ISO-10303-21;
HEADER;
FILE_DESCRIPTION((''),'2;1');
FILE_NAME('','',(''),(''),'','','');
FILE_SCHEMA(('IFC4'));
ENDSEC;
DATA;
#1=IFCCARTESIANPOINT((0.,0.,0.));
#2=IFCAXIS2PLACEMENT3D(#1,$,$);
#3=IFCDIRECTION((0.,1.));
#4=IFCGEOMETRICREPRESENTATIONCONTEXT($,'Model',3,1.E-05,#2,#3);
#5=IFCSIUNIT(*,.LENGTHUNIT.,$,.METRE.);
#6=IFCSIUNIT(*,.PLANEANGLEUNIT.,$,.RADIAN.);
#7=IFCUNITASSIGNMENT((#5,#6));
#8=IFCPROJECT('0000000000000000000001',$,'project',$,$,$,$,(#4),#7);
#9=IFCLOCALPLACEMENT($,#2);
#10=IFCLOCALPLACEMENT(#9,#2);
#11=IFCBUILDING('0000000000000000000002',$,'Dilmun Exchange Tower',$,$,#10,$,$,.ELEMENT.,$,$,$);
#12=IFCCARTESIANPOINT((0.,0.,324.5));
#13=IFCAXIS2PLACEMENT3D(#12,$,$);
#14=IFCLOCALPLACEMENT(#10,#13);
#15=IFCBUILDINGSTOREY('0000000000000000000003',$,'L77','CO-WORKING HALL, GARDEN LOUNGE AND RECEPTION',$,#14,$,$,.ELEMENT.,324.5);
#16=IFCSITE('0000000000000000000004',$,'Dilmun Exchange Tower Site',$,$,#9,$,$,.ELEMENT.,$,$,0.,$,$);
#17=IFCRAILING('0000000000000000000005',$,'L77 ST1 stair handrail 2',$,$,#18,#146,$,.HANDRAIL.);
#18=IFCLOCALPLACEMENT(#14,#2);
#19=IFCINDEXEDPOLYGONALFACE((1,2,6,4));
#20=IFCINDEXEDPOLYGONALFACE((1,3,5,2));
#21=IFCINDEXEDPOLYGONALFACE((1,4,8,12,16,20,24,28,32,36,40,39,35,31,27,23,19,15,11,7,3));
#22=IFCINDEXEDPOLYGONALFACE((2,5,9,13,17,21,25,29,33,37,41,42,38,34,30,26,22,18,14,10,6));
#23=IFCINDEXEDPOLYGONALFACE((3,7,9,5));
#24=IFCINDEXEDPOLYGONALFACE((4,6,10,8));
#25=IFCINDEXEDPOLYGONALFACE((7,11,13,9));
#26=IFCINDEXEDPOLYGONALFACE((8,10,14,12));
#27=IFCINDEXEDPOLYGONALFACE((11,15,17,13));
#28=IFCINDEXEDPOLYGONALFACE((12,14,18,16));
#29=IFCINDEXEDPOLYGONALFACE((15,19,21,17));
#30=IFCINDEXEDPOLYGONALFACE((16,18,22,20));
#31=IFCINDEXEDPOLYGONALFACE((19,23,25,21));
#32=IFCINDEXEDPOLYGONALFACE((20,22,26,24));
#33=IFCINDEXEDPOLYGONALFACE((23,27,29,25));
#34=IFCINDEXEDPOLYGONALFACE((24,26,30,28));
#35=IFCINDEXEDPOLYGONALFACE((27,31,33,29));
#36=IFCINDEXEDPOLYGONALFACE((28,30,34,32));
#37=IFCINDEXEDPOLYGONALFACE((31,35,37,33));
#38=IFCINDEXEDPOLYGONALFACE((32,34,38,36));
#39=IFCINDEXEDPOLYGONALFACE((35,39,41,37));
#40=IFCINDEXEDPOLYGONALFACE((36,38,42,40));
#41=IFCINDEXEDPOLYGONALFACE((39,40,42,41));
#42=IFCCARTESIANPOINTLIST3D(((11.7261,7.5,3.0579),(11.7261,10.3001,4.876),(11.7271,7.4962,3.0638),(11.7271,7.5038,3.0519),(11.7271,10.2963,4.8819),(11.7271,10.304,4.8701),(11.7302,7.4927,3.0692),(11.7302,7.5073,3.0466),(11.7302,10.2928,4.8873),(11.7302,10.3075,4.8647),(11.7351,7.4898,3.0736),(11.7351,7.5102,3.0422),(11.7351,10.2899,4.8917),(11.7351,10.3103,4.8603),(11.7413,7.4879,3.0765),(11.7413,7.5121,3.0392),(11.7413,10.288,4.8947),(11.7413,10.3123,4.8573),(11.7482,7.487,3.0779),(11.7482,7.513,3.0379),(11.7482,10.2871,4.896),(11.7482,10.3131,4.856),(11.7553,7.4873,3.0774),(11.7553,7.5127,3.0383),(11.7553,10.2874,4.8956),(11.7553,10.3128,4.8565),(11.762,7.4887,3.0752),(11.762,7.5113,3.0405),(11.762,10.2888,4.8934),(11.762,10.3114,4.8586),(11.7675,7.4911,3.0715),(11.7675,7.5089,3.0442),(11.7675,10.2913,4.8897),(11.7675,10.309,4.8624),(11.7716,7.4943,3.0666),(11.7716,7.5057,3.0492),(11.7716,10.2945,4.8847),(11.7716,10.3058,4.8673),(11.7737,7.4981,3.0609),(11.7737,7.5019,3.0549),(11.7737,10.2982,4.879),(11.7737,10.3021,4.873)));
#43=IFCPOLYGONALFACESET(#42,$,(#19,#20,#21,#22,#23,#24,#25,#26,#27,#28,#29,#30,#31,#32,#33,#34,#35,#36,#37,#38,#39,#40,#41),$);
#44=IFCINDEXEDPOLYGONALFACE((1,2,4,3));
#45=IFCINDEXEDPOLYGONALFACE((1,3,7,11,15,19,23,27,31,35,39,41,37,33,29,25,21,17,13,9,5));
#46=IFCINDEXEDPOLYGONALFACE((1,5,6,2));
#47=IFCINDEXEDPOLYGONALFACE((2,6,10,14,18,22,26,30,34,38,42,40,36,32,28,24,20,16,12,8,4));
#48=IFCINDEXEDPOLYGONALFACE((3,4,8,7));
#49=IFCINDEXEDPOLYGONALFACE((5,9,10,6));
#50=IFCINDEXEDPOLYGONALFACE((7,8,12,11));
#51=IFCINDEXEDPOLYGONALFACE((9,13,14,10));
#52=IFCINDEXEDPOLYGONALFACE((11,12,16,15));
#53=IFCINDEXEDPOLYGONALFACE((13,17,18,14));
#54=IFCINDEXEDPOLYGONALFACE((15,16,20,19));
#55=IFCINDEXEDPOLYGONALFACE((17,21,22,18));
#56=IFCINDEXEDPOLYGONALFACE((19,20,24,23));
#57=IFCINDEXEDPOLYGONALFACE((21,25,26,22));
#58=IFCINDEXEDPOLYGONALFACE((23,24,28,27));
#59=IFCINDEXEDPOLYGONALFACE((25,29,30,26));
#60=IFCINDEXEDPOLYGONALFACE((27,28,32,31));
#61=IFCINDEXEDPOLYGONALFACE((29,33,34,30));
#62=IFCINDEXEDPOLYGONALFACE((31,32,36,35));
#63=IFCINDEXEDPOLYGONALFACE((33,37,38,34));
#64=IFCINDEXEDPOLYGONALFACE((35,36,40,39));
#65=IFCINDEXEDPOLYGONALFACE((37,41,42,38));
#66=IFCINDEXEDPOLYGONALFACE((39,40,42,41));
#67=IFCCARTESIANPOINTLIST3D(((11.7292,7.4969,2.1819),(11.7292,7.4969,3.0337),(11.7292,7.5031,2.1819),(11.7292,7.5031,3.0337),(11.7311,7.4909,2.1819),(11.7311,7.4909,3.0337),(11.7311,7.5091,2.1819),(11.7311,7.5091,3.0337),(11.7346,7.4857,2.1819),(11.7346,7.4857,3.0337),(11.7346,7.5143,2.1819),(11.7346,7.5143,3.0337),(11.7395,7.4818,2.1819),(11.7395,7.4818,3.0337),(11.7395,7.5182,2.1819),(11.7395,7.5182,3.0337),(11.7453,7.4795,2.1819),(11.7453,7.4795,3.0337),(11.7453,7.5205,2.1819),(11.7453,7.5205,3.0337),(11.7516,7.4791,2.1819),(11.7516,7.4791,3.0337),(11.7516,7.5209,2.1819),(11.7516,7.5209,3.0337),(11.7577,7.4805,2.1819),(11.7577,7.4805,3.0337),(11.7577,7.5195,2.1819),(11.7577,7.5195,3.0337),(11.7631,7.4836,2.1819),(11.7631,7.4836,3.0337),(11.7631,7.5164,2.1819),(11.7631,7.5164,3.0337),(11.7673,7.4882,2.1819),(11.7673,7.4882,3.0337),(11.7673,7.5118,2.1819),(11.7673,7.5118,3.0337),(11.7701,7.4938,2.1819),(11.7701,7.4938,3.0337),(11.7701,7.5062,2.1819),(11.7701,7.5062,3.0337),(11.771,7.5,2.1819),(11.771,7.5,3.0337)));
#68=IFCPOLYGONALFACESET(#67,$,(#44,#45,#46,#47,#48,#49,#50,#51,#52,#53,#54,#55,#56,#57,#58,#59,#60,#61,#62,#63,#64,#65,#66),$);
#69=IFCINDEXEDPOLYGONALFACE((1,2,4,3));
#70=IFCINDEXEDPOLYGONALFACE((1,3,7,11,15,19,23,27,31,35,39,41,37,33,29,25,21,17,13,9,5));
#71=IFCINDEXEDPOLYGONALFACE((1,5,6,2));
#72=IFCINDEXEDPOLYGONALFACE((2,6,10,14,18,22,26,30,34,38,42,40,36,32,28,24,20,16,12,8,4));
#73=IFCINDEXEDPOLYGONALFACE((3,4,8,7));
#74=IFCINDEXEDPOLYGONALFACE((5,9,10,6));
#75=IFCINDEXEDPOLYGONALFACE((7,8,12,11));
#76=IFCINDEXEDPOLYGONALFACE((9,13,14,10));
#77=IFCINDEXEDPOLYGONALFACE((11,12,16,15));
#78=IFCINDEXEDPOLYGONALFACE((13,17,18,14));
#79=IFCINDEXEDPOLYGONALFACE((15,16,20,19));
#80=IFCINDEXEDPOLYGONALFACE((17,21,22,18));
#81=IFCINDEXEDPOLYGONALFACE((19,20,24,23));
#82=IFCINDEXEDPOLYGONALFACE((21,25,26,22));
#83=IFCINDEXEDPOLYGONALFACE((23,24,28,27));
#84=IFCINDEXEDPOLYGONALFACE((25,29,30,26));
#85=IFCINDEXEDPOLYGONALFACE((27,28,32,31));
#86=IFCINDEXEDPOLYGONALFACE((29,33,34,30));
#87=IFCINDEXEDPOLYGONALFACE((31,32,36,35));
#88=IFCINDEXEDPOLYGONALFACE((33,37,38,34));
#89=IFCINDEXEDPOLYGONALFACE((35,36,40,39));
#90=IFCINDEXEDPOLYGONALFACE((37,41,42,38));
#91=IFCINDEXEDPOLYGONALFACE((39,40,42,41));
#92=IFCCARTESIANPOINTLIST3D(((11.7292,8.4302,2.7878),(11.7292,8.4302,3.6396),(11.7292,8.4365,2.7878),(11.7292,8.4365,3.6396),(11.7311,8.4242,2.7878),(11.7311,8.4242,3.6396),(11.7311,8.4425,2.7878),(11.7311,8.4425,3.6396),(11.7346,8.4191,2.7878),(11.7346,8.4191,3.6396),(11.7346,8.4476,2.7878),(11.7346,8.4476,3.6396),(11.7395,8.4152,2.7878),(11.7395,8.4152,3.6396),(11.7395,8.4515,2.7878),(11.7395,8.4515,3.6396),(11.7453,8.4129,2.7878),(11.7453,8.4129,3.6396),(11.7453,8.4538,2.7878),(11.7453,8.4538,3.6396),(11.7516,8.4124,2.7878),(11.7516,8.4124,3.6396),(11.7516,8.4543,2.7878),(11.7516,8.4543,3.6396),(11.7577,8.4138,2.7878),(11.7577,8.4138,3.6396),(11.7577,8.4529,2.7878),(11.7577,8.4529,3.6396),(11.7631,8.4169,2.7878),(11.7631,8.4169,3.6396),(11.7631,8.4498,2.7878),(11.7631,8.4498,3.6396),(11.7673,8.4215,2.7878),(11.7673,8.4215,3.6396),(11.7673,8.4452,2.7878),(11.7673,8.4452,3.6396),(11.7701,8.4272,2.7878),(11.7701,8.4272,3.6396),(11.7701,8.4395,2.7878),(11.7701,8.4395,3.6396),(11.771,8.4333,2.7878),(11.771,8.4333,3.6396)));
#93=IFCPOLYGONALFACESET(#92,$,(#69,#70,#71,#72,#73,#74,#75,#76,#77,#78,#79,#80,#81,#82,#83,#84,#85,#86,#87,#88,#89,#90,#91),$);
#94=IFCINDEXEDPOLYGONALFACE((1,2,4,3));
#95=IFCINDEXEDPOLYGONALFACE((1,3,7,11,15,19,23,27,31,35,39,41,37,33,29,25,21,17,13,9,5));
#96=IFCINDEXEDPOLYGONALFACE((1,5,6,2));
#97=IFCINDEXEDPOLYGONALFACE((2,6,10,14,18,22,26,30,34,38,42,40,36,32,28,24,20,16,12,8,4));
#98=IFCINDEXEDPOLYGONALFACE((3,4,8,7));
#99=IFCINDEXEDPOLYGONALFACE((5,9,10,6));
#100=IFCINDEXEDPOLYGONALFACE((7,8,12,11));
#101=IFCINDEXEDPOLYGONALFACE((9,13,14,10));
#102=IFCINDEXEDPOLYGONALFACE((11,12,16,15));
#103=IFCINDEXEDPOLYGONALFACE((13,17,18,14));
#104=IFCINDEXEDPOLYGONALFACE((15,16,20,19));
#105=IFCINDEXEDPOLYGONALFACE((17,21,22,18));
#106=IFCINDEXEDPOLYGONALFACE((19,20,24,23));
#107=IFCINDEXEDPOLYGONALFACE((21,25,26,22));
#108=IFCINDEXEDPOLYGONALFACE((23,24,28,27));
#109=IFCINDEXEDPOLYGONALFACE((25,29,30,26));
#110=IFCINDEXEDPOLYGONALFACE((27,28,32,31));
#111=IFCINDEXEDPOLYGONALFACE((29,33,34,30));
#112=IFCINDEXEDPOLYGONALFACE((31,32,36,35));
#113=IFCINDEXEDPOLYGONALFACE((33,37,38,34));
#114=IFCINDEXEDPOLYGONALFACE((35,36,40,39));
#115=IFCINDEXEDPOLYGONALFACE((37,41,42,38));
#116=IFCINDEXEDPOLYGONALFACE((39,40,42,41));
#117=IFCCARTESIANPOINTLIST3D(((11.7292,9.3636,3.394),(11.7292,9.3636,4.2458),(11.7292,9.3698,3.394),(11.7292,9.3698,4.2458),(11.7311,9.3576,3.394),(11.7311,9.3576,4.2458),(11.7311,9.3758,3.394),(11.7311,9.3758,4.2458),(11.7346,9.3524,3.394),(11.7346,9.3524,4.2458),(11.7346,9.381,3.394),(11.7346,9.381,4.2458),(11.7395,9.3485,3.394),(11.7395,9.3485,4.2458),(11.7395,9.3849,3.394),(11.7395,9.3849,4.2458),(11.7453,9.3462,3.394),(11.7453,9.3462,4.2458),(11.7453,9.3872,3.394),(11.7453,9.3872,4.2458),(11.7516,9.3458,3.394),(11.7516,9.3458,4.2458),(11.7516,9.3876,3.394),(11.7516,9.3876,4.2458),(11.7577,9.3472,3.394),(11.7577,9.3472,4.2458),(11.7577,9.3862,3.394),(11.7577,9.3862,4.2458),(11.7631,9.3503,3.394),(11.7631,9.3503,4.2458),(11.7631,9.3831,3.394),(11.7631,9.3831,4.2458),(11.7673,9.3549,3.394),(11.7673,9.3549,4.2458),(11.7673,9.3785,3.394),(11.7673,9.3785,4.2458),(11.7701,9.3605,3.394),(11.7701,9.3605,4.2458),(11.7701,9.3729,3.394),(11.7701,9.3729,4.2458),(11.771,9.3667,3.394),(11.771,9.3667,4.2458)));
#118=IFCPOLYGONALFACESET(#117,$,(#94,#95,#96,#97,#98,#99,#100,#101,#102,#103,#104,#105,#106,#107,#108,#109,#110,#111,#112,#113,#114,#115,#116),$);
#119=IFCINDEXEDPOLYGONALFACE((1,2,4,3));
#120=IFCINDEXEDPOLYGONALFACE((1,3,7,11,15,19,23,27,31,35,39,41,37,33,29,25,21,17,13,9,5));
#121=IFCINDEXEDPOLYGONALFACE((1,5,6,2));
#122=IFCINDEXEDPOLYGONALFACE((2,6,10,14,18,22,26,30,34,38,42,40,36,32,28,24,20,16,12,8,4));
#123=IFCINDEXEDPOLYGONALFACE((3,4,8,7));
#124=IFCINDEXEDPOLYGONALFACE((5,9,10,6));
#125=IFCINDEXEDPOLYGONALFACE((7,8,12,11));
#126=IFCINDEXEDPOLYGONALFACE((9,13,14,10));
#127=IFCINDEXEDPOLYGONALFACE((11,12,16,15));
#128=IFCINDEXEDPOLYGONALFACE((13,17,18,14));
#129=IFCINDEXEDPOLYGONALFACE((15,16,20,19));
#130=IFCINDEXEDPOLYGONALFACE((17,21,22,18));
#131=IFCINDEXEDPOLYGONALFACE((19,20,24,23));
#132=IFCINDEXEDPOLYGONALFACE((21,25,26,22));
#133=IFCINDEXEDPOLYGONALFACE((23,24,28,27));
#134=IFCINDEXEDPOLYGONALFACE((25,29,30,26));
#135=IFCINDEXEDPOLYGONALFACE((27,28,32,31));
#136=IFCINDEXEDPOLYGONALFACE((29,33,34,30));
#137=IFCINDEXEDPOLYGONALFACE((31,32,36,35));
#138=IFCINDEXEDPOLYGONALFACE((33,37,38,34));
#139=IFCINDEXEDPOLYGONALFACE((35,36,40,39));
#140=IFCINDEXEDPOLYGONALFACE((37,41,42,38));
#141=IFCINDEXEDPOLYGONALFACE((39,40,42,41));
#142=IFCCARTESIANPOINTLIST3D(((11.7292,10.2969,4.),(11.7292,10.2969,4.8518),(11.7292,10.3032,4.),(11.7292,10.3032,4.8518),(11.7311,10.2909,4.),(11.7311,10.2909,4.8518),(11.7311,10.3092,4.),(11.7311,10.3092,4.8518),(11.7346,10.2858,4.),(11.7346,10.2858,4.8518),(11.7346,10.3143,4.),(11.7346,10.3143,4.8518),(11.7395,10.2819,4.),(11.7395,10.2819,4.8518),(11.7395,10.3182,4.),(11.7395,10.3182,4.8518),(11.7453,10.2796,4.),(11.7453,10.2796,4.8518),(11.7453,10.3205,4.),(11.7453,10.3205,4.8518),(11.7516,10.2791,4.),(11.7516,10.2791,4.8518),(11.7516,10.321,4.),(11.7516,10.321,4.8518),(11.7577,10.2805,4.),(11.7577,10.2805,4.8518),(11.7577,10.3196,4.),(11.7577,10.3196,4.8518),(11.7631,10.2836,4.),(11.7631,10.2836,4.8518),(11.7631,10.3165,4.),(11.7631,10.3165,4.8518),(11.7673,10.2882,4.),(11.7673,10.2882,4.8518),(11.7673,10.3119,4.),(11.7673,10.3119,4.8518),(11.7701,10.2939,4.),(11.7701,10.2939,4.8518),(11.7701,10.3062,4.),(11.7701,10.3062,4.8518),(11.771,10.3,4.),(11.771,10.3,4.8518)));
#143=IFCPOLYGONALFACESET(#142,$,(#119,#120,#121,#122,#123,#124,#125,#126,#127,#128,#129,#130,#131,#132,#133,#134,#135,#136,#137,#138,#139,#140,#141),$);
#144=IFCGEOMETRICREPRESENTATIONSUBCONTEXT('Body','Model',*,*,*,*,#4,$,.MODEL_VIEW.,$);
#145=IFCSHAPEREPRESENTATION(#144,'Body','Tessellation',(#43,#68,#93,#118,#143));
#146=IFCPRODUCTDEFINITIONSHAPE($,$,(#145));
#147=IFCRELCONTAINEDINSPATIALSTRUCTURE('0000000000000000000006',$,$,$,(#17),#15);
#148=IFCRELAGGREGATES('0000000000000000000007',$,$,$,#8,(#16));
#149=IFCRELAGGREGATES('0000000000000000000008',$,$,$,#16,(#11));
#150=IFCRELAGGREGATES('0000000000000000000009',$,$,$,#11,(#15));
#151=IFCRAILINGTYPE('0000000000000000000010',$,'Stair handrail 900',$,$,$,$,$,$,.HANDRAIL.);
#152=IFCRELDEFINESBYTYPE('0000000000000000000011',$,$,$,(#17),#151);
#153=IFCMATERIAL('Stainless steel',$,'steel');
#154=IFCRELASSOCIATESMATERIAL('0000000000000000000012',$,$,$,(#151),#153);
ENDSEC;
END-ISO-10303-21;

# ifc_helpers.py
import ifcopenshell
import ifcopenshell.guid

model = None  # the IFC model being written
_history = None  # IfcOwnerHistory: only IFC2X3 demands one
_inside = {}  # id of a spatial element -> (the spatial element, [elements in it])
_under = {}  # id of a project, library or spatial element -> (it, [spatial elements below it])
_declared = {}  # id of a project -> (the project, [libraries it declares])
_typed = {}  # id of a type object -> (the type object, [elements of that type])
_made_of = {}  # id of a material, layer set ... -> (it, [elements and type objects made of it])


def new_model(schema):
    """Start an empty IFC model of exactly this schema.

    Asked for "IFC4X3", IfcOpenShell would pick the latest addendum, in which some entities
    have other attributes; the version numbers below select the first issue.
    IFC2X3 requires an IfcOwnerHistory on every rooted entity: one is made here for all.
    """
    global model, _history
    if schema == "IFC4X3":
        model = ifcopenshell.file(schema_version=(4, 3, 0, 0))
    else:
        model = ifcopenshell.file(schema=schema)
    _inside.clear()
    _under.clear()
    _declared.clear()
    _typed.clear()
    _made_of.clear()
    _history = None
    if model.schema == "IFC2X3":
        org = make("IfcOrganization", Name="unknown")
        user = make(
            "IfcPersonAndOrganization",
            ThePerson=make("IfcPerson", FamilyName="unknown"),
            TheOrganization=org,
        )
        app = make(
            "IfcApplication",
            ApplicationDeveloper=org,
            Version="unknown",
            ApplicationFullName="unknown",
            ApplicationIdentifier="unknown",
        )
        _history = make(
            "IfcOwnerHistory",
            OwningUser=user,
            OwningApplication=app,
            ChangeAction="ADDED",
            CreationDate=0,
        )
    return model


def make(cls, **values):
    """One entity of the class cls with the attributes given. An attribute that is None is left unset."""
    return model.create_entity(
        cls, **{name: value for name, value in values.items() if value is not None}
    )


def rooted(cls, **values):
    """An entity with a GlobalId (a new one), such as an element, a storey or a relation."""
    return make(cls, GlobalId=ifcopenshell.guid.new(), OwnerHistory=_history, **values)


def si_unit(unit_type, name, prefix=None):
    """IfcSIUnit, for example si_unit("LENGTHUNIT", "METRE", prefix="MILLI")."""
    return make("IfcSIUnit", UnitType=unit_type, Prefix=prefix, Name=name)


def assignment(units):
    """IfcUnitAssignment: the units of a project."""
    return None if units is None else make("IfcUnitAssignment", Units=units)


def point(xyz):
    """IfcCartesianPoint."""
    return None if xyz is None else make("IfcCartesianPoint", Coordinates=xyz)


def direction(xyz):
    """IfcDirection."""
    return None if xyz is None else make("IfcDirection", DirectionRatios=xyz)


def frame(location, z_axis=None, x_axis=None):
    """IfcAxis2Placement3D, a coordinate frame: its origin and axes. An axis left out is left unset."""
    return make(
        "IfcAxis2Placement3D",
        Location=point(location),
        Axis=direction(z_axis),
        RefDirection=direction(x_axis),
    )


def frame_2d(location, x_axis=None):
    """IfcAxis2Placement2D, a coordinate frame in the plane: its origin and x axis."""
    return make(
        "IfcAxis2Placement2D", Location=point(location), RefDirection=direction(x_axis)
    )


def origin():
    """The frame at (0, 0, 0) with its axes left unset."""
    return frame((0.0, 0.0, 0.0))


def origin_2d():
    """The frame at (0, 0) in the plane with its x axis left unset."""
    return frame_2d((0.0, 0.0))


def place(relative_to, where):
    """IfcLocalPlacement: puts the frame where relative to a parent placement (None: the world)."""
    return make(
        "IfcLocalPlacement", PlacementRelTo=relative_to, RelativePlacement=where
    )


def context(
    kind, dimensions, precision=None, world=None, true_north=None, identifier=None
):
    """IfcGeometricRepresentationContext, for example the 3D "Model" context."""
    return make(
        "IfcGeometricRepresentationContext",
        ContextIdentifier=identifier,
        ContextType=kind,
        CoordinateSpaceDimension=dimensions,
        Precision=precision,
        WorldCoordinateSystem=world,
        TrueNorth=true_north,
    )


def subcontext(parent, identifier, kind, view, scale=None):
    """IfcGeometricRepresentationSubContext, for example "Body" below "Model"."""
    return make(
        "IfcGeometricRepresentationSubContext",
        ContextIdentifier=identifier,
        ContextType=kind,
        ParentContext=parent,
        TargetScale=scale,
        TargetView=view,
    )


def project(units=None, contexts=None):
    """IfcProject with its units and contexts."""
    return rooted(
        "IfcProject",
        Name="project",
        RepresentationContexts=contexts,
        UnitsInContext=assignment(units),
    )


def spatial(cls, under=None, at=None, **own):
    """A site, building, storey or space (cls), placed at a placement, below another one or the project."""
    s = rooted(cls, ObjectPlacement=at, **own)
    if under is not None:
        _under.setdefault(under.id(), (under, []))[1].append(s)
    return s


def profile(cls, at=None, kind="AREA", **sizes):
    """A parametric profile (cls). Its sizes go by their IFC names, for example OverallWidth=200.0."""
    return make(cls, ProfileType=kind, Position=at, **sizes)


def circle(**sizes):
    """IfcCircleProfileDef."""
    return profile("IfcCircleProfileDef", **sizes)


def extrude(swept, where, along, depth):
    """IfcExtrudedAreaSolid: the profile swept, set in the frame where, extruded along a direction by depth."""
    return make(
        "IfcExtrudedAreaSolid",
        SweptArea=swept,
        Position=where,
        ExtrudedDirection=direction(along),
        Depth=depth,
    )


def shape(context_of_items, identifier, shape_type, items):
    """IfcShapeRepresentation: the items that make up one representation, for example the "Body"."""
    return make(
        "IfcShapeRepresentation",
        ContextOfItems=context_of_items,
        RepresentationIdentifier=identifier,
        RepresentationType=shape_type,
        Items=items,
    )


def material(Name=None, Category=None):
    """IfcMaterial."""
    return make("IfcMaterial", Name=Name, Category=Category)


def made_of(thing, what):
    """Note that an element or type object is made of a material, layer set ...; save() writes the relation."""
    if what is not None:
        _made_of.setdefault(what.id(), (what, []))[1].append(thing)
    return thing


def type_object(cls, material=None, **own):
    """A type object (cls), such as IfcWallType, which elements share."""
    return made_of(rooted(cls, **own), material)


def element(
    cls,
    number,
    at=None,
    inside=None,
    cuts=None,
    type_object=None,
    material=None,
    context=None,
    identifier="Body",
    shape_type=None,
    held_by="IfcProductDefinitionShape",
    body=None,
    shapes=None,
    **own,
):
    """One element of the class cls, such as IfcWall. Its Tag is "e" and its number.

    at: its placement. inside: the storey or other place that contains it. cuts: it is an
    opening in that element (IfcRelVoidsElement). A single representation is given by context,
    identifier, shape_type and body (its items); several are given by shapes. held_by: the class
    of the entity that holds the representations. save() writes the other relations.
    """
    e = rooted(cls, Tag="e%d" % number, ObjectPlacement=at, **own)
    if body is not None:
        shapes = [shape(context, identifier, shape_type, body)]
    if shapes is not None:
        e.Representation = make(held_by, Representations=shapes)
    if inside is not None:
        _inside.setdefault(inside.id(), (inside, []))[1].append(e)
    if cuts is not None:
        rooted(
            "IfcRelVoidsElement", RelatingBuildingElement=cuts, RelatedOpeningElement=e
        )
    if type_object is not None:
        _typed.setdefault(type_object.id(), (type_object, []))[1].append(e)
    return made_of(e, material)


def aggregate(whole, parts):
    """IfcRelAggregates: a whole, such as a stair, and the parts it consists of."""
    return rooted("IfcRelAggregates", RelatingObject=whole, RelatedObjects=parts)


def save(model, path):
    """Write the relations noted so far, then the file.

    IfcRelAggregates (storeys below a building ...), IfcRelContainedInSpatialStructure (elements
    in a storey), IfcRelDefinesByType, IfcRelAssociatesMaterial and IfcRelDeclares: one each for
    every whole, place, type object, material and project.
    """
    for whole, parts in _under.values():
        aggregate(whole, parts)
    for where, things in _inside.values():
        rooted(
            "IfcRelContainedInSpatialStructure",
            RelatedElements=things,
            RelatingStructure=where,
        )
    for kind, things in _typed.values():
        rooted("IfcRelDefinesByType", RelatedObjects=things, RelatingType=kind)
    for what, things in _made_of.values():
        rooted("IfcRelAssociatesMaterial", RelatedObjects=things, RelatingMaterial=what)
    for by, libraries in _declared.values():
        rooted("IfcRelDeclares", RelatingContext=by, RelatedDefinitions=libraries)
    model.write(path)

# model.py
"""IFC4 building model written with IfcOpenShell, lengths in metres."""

from ifc_helpers import new_model, si_unit, direction, frame, origin, origin_2d, place, context, subcontext, project, spatial, circle, extrude, material, type_object, element, save


model = new_model("IFC4")

# Units and contexts
model_context = context("Model", 3, precision=1e-05, world=origin(), true_north=direction((0.0, 1.0)))
body_context = subcontext(model_context, "Body", "Model", "MODEL_VIEW")
ifc_project = project(units=[si_unit("LENGTHUNIT", "METRE"), si_unit("PLANEANGLEUNIT", "RADIAN")], contexts=[model_context])

# Site, building, storey
site_placement = place(None, origin())
site = spatial("IfcSite", under=ifc_project, at=site_placement, Name="Dilmun Exchange Tower Site", CompositionType="ELEMENT", RefElevation=0.0)
building_placement = place(site_placement, origin())
building = spatial("IfcBuilding", under=site, at=building_placement, Name="Dilmun Exchange Tower", CompositionType="ELEMENT")
storey_placement = place(building_placement, frame((0.0, 0.0, 324.5)))
storey = spatial("IfcBuildingStorey", under=building, at=storey_placement, Name="L77", Description="CO-WORKING HALL, GARDEN LOUNGE AND RECEPTION", CompositionType="ELEMENT", Elevation=324.5)

# Railing
ifc_material_1 = material(Name="Stainless steel", Category="steel")
railing_type = type_object("IfcRailingType", Name="Stair handrail 900", PredefinedType="HANDRAIL", material=ifc_material_1)
railing_1_placement = place(storey_placement, frame((11.75, 7.5, 2.1819)))
element("IfcRailing", 1, at=railing_1_placement, inside=storey, type_object=railing_type, Name="L77 ST1 stair handrail 2", PredefinedType="HANDRAIL", context=body_context, shape_type="SweptSolid", body=[
    extrude(circle(Radius=0.0239, at=origin_2d()), frame((0.0, 0.0, 0.876), z_axis=(0.0, 0.838706, 0.544585), x_axis=(-1.0, 0.0, 0.0)), (0.0, 0.0, 1.0), 3.3386),
    extrude(circle(Radius=0.021, at=origin_2d()), origin(), (0.0, 0.0, 1.0), 0.8518),
    extrude(circle(Radius=0.021, at=origin_2d()), frame((0.0, 0.9333, 0.606)), (0.0, 0.0, 1.0), 0.8518),
    extrude(circle(Radius=0.021, at=origin_2d()), frame((0.0, 1.8667, 1.2122)), (0.0, 0.0, 1.0), 0.8518),
    extrude(circle(Radius=0.021, at=origin_2d()), frame((0.0, 2.8, 1.8181)), (0.0, 0.0, 1.0), 0.8518),
])

save(model, "model.ifc")
